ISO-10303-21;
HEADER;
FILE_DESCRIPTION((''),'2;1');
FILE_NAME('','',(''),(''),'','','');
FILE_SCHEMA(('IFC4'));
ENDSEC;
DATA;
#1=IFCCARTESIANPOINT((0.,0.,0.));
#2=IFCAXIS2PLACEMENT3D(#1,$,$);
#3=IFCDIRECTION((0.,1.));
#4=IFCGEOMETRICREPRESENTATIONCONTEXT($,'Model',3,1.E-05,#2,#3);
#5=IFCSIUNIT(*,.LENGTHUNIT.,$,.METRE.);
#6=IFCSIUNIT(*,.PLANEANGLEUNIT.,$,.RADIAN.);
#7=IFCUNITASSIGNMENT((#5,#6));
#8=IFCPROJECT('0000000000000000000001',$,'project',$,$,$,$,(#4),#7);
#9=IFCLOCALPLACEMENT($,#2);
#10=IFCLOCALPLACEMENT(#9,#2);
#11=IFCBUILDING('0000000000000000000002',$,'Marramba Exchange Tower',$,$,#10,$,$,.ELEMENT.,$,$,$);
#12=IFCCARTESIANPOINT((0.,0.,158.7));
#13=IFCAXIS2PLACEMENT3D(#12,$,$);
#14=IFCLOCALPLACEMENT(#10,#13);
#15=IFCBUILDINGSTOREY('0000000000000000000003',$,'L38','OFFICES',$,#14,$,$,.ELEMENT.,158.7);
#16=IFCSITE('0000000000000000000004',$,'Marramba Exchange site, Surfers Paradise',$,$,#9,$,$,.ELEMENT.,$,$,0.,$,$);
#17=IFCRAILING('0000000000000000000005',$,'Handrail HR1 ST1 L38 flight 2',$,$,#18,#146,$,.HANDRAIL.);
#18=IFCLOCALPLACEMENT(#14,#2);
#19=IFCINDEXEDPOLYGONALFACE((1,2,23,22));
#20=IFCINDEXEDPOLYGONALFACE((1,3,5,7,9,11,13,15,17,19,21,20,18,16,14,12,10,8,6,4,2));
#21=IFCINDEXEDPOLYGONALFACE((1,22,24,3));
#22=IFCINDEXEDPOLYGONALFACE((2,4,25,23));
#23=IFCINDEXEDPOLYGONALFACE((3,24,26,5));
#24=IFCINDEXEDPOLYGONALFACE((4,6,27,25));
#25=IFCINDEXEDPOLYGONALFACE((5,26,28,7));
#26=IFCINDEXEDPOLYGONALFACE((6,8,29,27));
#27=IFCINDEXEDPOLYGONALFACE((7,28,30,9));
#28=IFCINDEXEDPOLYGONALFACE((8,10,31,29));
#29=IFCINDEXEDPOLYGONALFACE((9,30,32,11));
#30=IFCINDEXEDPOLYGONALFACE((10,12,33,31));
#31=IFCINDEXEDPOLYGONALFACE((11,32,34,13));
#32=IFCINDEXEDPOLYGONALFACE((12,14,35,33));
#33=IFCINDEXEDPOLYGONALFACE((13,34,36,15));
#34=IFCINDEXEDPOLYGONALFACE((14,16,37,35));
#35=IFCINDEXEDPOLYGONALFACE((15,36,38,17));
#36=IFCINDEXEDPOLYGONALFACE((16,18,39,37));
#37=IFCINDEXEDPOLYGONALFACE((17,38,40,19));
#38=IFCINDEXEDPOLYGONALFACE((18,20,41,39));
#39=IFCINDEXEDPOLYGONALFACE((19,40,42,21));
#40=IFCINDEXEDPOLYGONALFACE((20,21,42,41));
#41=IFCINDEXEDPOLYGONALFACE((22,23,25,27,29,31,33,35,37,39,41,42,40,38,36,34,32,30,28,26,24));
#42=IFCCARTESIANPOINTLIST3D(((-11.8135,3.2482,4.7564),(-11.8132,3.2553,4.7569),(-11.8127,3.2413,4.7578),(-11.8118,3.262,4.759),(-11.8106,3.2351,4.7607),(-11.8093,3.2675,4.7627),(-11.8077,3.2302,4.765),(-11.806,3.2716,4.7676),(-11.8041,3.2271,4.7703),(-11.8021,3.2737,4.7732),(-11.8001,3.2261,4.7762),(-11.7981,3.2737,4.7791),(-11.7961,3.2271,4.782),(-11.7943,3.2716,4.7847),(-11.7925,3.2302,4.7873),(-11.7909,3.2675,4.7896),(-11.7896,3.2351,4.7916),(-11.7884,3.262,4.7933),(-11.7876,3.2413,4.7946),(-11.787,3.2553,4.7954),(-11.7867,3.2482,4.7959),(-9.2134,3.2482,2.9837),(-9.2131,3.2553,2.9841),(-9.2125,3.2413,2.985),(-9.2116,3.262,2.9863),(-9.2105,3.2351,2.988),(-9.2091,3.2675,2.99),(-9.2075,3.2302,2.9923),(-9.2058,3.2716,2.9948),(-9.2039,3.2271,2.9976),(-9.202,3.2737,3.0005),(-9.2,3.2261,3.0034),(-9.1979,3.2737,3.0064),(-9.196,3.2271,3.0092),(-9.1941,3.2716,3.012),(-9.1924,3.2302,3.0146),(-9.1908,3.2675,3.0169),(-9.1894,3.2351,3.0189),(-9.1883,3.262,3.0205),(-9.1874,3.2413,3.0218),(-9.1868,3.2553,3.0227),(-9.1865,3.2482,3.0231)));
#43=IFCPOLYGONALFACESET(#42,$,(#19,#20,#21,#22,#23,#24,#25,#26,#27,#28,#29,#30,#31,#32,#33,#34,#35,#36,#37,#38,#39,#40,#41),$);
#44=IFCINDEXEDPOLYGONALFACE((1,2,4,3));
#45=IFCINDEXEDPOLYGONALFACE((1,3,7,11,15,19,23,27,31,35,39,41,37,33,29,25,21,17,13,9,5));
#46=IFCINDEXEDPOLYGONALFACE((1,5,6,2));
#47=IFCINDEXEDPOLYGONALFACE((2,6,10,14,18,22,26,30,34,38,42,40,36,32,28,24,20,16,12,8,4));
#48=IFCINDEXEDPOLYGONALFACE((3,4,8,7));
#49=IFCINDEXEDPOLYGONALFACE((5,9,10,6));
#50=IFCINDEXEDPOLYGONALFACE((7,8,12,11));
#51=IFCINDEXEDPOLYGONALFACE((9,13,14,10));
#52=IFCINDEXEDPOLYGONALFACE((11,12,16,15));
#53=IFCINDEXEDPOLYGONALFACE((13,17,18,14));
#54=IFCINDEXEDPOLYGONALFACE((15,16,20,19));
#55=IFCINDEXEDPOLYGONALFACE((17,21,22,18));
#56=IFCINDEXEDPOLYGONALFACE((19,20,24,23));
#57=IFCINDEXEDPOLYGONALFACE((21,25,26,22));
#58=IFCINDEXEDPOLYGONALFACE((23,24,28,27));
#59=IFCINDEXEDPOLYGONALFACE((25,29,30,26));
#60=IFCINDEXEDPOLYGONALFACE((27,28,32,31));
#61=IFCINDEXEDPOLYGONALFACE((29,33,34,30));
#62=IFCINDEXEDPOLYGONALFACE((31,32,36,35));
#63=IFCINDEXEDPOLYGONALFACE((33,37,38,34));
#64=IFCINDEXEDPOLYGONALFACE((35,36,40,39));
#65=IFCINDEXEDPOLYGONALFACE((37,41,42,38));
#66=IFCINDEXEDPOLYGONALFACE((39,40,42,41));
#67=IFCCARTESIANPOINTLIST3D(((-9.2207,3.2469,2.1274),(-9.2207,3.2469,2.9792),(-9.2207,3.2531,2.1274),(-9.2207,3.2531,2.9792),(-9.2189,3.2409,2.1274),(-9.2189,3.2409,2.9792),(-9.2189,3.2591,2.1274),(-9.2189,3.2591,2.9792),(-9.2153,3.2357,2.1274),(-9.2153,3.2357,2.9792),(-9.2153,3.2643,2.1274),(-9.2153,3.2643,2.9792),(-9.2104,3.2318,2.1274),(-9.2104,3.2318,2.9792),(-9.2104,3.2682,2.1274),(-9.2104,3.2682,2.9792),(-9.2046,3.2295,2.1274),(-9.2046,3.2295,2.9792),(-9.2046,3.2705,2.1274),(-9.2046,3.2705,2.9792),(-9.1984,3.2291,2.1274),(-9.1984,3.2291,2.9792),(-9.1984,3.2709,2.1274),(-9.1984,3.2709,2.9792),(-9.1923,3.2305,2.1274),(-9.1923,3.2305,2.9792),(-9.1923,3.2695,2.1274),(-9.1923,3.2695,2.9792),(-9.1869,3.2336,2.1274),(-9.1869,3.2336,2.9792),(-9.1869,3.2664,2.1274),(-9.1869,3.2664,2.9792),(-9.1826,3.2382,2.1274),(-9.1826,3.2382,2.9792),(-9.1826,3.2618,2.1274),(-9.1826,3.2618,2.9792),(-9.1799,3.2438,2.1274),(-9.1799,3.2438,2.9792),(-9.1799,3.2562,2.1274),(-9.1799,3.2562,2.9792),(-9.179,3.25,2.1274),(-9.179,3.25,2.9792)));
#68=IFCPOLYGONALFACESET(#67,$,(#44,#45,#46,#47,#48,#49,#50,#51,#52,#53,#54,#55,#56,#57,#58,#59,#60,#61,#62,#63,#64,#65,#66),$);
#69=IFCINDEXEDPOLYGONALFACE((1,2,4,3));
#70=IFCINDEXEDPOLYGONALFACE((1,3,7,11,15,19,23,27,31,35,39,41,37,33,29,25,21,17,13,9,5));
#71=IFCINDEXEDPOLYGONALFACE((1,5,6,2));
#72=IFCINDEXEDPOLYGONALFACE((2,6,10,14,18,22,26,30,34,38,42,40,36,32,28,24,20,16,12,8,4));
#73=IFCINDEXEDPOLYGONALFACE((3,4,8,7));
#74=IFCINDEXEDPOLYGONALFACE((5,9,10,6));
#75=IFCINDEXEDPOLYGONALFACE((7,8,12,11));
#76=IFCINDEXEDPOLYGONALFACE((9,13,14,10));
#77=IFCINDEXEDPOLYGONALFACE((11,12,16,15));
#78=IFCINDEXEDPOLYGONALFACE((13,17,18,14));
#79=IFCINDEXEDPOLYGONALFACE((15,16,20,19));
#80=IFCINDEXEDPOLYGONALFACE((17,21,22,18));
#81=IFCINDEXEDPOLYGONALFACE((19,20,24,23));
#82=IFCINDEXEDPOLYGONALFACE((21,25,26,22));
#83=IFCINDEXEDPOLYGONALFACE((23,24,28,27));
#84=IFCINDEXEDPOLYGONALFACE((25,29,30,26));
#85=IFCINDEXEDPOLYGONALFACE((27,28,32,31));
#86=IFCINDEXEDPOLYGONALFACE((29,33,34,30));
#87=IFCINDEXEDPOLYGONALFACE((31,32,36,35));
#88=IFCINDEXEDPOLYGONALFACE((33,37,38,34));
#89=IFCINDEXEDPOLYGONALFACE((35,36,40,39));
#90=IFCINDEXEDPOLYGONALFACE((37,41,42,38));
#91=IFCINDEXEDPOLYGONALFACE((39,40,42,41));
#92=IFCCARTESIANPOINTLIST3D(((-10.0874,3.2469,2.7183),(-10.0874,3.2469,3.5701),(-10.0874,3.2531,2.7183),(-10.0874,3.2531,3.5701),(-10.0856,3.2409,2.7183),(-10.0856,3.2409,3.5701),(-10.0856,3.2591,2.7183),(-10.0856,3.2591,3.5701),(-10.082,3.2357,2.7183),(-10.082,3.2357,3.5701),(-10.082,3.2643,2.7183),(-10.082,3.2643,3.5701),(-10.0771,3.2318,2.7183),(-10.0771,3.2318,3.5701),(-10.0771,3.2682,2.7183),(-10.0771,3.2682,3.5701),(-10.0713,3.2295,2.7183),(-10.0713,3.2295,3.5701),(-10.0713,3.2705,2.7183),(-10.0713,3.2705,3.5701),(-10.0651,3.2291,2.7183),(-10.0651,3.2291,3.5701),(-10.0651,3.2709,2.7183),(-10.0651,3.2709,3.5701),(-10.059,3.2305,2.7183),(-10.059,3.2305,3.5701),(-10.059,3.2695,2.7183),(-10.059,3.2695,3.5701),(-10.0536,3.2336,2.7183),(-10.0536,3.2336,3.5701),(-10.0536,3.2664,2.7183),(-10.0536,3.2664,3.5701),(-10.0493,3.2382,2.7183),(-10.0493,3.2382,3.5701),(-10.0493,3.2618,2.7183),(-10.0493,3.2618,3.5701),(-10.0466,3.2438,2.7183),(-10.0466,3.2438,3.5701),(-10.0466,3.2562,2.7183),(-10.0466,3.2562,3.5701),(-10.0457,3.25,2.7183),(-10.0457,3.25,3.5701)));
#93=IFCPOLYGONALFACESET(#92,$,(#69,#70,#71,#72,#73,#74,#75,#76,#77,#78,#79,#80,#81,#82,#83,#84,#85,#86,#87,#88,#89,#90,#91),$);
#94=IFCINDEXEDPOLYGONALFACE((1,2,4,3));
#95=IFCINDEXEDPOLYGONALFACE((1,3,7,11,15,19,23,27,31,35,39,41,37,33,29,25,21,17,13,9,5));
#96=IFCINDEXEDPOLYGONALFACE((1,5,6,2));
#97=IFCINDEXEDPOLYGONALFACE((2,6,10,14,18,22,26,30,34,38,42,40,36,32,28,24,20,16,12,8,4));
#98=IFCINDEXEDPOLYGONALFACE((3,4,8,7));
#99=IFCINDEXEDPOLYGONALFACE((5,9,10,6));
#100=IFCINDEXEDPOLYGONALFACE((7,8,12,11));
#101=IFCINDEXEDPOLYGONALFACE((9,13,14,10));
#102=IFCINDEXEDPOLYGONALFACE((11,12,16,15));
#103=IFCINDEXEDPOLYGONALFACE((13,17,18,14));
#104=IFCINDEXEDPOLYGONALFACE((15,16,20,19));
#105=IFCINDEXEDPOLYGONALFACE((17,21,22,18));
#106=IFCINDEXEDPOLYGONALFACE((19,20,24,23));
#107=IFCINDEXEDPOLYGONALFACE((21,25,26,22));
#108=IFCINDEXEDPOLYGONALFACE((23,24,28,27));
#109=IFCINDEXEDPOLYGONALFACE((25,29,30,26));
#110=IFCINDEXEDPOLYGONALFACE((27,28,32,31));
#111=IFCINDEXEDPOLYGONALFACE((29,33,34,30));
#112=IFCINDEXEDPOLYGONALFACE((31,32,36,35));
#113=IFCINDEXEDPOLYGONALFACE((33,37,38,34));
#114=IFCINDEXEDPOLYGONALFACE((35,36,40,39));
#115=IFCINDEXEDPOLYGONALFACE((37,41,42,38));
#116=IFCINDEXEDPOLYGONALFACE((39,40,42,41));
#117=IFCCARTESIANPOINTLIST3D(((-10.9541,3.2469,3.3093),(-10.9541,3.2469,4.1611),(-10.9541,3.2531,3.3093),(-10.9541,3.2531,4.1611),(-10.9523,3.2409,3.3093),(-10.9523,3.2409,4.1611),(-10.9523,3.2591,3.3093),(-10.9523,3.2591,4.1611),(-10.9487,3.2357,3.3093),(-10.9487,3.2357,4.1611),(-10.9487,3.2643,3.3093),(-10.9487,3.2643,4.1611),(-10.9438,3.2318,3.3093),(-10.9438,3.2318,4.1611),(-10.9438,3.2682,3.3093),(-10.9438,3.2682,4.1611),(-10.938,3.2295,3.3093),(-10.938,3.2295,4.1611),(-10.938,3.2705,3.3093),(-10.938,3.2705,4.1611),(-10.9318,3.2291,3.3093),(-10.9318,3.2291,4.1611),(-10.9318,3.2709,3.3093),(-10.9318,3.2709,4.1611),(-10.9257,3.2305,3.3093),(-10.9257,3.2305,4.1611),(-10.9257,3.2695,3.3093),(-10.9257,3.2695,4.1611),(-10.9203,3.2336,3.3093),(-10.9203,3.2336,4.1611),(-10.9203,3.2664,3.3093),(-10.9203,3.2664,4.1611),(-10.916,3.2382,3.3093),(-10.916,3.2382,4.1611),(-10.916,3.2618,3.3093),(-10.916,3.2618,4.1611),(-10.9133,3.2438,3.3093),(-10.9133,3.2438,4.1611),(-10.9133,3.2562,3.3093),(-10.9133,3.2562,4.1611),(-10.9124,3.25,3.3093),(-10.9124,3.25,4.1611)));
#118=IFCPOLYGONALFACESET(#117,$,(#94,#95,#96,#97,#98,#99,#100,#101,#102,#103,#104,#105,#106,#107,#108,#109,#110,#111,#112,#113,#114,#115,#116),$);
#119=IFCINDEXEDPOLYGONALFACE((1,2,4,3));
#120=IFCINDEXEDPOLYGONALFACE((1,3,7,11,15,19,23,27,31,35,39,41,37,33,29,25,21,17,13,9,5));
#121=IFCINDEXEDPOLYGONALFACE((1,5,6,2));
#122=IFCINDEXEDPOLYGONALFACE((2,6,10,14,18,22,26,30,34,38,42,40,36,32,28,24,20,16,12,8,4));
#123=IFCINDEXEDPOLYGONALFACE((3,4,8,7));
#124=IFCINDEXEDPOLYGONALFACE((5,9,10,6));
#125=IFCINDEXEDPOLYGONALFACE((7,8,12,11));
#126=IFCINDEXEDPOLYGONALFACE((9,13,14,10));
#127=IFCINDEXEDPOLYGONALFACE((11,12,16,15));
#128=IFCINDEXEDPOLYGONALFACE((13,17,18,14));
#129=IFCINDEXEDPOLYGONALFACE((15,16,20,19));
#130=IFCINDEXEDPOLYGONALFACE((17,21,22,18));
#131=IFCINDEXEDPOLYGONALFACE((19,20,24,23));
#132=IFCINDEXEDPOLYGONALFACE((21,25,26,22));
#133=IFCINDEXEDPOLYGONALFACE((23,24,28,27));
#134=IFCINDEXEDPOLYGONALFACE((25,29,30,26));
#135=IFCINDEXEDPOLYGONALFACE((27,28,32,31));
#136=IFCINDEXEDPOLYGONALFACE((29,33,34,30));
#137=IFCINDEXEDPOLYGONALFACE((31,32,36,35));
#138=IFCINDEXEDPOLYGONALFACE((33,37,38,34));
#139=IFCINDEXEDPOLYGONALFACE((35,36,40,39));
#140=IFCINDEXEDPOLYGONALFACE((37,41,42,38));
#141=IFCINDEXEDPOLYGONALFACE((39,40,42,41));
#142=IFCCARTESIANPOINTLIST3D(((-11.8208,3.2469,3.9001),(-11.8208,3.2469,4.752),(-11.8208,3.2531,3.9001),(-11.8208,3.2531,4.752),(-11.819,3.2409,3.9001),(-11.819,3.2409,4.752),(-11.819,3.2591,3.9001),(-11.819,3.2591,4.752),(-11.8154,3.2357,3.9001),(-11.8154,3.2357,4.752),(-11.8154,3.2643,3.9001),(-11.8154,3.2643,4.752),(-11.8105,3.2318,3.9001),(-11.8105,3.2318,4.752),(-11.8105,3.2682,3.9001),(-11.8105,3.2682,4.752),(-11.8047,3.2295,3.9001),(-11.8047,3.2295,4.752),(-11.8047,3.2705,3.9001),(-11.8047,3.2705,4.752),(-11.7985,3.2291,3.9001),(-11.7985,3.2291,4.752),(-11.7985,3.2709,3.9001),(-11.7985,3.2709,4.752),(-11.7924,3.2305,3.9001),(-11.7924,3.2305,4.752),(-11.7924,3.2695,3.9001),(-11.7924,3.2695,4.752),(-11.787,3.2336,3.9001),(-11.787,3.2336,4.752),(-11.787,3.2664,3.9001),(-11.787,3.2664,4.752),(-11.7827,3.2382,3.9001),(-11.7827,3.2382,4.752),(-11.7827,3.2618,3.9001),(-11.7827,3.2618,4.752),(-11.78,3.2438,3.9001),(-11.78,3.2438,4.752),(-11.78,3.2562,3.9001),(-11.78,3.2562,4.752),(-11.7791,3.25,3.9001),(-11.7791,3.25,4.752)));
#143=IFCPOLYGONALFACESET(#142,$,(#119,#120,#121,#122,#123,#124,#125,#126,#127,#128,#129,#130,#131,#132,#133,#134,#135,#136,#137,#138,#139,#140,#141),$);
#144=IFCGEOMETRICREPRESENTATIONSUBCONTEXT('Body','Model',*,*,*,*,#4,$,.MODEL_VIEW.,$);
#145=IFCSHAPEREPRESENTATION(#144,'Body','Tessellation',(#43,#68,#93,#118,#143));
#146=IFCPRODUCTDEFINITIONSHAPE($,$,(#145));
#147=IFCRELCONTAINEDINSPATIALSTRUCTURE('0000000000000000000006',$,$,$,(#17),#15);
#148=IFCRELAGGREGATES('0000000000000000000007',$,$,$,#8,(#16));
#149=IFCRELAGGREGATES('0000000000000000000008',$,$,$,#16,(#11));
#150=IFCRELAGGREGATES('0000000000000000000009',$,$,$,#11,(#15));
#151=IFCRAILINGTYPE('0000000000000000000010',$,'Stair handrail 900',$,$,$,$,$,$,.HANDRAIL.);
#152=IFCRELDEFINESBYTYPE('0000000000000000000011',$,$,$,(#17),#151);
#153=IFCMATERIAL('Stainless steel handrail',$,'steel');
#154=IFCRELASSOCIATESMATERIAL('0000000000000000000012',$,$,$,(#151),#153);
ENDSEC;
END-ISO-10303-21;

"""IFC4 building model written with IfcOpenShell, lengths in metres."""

from ifc_helpers import new_model, si_unit, direction, frame, origin, origin_2d, place, context, subcontext, project, spatial, circle, extrude, material, type_object, element, save


model = new_model("IFC4")

# Units and contexts
model_context = context("Model", 3, precision=1e-05, world=origin(), true_north=direction((0.0, 1.0)))
body_context = subcontext(model_context, "Body", "Model", "MODEL_VIEW")
ifc_project = project(units=[si_unit("LENGTHUNIT", "METRE"), si_unit("PLANEANGLEUNIT", "RADIAN")], contexts=[model_context])

# Site, building, storey
site_placement = place(None, origin())
site = spatial("IfcSite", under=ifc_project, at=site_placement, Name="Marramba Exchange site, Surfers Paradise", CompositionType="ELEMENT", RefElevation=0.0)
building_placement = place(site_placement, origin())
building = spatial("IfcBuilding", under=site, at=building_placement, Name="Marramba Exchange Tower", CompositionType="ELEMENT")
storey_placement = place(building_placement, frame((0.0, 0.0, 158.7)))
storey = spatial("IfcBuildingStorey", under=building, at=storey_placement, Name="L38", Description="OFFICES", CompositionType="ELEMENT", Elevation=158.7)

# Railing
ifc_material_1 = material(Name="Stainless steel handrail", Category="steel")
railing_type = type_object("IfcRailingType", Name="Stair handrail 900", PredefinedType="HANDRAIL", material=ifc_material_1)
railing_1_placement = place(storey_placement, frame((-9.2, 3.25, 2.1274)))
element("IfcRailing", 1, at=railing_1_placement, inside=storey, type_object=railing_type, Name="Handrail HR1 ST1 L38 flight 2", PredefinedType="HANDRAIL", context=body_context, shape_type="SweptSolid", body=[
    extrude(circle(Radius=0.0239, at=origin_2d()), frame((0.0, 0.0, 0.876), z_axis=(-0.82624, 0.0, 0.563318), x_axis=(0.0, -1.0, 0.0)), (0.0, 0.0, 1.0), 3.147),
    extrude(circle(Radius=0.021, at=origin_2d()), origin(), (0.0, 0.0, 1.0), 0.8518),
    extrude(circle(Radius=0.021, at=origin_2d()), frame((-0.8667, 0.0, 0.5908)), (0.0, 0.0, 1.0), 0.8518),
    extrude(circle(Radius=0.021, at=origin_2d()), frame((-1.7334, 0.0, 1.1819)), (0.0, 0.0, 1.0), 0.8518),
    extrude(circle(Radius=0.021, at=origin_2d()), frame((-2.6001, 0.0, 1.7727)), (0.0, 0.0, 1.0), 0.8518),
])

save(model, "model.ifc")
